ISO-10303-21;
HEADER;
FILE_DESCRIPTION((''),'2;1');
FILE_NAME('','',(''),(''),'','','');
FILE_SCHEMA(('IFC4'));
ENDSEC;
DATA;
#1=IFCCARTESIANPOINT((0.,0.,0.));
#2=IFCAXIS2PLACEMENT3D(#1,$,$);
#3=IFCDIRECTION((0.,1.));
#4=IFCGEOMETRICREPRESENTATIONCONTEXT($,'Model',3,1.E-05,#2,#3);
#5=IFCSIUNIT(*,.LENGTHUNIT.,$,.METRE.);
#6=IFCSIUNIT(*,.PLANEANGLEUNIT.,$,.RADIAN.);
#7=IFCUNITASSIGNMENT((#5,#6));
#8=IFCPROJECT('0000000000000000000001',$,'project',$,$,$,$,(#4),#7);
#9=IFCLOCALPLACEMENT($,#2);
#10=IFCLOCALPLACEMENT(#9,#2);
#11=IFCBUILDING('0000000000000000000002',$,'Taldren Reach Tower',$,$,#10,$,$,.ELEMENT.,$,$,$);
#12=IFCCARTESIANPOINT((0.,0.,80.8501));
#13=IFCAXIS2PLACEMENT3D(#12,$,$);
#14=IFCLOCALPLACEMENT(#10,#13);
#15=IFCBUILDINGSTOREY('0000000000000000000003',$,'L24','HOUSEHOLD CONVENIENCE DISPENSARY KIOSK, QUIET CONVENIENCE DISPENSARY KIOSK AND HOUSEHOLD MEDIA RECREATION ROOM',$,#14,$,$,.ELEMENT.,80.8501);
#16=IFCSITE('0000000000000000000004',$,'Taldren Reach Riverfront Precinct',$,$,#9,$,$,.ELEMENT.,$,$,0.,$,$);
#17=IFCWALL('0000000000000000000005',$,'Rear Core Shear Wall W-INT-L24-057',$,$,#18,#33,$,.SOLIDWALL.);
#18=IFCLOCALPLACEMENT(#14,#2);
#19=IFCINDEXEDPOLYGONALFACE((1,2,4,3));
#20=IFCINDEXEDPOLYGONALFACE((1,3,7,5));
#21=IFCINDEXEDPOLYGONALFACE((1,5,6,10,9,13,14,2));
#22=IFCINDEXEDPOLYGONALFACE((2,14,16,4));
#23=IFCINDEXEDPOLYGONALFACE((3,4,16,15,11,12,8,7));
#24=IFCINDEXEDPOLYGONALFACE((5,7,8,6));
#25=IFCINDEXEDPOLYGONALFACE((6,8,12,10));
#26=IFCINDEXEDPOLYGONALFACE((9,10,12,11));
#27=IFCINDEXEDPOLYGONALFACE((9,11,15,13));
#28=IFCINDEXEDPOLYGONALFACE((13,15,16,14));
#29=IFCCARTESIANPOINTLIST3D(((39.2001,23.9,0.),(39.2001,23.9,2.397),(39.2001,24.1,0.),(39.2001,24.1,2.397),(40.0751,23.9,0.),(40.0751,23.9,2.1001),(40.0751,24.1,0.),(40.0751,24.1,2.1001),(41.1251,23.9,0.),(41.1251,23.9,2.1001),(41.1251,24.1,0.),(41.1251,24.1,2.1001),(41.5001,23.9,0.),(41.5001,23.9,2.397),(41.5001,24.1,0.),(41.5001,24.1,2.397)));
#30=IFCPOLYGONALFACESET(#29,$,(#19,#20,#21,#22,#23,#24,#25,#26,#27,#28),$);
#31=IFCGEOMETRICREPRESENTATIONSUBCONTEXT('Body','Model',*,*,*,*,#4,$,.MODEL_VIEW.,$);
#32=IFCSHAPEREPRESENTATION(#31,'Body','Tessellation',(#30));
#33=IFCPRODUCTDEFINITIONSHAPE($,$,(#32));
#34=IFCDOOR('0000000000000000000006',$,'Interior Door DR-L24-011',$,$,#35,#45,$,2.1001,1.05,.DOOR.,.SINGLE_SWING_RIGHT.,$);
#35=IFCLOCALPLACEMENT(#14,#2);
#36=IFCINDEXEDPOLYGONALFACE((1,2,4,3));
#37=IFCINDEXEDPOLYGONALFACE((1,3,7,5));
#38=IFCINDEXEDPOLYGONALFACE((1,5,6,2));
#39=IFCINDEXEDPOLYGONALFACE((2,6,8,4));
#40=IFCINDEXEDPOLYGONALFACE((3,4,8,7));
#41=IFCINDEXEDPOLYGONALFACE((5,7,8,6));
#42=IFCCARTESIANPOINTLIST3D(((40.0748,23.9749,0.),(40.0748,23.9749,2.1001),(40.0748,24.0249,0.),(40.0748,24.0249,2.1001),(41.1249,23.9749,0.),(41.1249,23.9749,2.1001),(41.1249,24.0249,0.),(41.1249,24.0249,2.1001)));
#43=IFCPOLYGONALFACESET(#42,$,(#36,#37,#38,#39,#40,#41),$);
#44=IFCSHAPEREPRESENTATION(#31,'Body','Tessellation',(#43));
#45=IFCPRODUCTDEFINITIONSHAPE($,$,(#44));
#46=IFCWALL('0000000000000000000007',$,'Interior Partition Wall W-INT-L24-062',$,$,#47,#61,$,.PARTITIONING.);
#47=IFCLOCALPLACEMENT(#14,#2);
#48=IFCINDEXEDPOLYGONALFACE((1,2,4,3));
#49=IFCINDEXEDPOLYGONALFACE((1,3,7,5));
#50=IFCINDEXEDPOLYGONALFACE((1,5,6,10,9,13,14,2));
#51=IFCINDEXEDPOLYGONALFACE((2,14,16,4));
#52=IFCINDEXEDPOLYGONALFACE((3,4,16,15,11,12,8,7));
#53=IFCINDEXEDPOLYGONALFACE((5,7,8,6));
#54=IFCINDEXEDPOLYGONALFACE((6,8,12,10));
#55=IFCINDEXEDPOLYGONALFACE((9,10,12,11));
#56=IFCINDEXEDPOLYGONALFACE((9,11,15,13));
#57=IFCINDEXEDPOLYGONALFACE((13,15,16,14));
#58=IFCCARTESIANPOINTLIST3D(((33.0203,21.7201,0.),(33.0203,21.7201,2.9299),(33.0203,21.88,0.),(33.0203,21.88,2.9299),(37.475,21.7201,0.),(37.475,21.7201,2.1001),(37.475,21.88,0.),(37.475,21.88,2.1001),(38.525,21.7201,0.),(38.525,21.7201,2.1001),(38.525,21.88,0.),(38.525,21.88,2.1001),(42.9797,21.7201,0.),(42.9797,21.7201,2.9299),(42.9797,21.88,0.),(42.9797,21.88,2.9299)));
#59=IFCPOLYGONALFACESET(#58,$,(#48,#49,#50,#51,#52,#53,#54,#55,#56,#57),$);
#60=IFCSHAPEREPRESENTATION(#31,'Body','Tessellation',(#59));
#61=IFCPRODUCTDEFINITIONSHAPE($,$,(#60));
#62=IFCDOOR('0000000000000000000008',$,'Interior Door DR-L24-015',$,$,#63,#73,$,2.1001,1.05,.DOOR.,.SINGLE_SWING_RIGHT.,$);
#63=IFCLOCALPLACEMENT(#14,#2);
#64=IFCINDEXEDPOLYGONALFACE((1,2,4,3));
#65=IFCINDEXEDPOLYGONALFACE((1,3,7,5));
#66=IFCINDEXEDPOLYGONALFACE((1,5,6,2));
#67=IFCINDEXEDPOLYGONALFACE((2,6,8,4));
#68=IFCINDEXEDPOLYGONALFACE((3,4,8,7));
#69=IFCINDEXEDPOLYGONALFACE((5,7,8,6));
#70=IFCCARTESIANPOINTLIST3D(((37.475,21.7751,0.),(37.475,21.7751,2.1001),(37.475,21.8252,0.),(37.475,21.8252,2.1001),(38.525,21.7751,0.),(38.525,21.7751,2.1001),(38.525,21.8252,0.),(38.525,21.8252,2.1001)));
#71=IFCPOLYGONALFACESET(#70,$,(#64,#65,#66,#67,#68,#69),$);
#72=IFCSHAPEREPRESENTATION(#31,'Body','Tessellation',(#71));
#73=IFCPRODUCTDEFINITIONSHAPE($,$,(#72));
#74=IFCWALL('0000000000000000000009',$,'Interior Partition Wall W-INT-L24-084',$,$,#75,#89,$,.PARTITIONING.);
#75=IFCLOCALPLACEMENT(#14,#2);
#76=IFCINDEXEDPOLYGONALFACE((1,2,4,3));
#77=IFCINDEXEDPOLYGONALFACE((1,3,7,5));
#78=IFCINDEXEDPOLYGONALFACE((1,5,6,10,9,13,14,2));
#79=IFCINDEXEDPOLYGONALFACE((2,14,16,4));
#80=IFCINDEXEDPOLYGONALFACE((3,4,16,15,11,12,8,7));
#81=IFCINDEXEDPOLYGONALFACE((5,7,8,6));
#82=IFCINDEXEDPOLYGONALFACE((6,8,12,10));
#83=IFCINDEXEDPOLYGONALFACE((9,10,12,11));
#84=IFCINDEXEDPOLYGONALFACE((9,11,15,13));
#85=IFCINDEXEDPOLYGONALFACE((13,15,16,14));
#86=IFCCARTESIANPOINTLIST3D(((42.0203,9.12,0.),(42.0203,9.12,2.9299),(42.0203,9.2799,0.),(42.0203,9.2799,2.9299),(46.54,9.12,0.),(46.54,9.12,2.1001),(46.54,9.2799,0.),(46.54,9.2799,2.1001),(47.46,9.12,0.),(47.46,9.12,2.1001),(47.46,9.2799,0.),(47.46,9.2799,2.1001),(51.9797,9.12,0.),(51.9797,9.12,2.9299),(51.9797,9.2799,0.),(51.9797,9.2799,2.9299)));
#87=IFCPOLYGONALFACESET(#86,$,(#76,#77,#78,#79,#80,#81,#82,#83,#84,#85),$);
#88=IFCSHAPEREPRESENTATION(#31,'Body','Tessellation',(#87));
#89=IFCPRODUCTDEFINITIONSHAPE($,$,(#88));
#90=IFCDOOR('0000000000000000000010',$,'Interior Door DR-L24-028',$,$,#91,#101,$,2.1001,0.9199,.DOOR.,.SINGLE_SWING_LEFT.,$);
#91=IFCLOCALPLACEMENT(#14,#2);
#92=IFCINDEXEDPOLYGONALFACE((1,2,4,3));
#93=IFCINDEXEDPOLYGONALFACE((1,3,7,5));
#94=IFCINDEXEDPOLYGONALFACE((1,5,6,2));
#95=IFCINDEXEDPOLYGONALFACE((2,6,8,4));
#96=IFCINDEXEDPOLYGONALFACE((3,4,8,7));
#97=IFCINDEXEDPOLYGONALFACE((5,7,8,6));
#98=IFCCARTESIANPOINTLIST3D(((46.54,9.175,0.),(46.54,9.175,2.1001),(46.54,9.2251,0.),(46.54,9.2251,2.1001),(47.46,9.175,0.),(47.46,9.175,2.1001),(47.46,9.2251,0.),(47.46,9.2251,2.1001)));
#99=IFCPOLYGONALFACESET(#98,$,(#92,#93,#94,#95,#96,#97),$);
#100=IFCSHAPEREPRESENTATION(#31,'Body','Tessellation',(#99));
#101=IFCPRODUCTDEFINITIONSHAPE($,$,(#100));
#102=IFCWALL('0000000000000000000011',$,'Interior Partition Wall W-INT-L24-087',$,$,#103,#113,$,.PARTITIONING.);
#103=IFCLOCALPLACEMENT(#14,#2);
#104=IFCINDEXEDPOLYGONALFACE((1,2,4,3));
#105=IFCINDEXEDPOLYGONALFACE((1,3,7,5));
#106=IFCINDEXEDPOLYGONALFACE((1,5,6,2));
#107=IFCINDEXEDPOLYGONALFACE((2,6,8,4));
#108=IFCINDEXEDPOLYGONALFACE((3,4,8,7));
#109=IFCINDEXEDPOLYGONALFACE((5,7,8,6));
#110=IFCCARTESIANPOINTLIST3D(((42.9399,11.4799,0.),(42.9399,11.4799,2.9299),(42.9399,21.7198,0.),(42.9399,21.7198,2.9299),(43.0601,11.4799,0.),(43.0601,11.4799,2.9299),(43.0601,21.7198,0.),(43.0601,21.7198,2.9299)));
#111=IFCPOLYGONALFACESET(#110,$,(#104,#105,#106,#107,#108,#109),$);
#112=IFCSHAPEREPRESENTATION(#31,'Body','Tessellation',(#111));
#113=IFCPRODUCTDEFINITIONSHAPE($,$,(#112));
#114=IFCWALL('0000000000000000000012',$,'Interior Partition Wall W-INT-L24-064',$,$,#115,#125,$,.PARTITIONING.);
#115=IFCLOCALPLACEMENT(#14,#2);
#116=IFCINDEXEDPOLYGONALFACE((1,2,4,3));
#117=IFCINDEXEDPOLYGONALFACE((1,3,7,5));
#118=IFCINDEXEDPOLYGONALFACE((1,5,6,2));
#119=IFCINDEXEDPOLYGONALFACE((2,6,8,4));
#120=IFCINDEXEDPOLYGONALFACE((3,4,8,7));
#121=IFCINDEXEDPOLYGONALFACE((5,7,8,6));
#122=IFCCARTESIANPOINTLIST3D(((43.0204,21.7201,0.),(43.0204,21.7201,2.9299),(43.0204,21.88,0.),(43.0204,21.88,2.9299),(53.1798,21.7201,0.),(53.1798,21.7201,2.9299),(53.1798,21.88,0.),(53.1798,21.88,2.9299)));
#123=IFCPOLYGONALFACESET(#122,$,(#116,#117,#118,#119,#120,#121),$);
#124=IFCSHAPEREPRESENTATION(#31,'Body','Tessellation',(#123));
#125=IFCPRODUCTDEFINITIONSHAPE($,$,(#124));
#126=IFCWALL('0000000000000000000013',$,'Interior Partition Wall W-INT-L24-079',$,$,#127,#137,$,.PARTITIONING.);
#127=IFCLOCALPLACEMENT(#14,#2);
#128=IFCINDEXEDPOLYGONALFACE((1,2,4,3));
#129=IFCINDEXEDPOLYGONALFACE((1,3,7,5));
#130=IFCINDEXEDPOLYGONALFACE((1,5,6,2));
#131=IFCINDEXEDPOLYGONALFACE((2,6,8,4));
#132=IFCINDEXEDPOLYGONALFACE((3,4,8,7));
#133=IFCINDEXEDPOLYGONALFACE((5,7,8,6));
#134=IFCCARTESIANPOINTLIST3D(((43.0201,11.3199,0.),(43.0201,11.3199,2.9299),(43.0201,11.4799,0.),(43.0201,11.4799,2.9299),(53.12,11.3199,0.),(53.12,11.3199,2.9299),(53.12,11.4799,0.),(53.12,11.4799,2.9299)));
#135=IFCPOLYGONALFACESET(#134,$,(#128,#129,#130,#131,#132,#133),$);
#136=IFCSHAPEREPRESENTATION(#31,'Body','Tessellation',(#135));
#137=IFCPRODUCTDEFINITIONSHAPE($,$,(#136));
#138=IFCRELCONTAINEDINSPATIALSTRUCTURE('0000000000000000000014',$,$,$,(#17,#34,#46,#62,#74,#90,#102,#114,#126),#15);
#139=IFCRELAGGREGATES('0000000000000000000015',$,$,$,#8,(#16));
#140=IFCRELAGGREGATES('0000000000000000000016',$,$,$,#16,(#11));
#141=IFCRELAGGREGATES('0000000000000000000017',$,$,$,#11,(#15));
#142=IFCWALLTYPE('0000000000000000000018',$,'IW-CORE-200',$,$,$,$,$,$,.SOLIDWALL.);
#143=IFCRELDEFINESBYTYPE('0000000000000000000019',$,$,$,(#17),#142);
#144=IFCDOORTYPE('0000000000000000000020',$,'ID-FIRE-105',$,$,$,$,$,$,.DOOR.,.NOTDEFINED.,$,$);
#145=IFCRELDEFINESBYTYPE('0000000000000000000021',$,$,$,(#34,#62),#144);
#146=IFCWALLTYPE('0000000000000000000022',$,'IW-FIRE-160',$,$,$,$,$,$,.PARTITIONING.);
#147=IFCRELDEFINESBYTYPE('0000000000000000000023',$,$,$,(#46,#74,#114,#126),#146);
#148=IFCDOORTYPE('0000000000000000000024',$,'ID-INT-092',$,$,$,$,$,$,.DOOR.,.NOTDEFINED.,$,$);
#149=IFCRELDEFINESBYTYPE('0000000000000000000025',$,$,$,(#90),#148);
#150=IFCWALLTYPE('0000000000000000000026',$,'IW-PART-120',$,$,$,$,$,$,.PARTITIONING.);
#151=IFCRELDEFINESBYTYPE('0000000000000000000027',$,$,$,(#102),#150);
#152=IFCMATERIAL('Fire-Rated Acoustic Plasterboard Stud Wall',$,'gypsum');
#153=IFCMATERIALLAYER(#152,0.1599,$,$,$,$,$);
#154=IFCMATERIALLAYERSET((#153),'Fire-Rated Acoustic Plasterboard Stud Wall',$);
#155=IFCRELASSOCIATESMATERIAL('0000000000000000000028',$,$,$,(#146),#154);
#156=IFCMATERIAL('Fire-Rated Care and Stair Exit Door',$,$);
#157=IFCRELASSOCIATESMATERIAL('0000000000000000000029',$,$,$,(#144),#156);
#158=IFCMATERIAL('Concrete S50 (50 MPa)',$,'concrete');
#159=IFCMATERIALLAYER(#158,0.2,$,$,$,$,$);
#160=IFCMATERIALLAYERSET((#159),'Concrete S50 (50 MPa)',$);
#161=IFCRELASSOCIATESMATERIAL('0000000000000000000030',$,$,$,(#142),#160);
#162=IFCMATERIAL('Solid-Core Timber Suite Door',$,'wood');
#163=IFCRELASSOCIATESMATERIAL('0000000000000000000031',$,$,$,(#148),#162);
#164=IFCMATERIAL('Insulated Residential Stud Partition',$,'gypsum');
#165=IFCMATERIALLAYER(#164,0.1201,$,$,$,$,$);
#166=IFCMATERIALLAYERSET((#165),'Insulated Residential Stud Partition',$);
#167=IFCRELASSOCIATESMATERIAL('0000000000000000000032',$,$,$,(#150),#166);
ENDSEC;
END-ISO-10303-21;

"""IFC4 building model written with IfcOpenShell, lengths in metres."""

from ifc_helpers import new_model, si_unit, direction, frame, frame_2d, origin, place, context, subcontext, project, spatial, rectangle, extrude, source, transform, mapped, material, layer, layer_set, type_object, element, fill, save


model = new_model("IFC4")

# Units and contexts
model_context = context("Model", 3, precision=1e-05, world=origin(), true_north=direction((0.0, 1.0)))
body_context = subcontext(model_context, "Body", "Model", "MODEL_VIEW")
ifc_project = project(units=[si_unit("LENGTHUNIT", "METRE"), si_unit("PLANEANGLEUNIT", "RADIAN")], contexts=[model_context])

# Site, building, storey
site_placement = place(None, origin())
site = spatial("IfcSite", under=ifc_project, at=site_placement, Name="Taldren Reach Riverfront Precinct", CompositionType="ELEMENT", RefElevation=0.0)
building_placement = place(site_placement, origin())
building = spatial("IfcBuilding", under=site, at=building_placement, Name="Taldren Reach Tower", CompositionType="ELEMENT")
storey_placement = place(building_placement, frame((0.0, 0.0, 80.8501)))
storey = spatial("IfcBuildingStorey", under=building, at=storey_placement, Name="L24", Description="HOUSEHOLD CONVENIENCE DISPENSARY KIOSK, QUIET CONVENIENCE DISPENSARY KIOSK AND HOUSEHOLD MEDIA RECREATION ROOM", CompositionType="ELEMENT", Elevation=80.8501)

# Shared definitions
ifc_material_1 = material(Name="Fire-Rated Acoustic Plasterboard Stud Wall", Category="gypsum")
ifc_layer_1 = layer(ifc_material_1, 0.1599)
ifc_layer_set_1 = layer_set([ifc_layer_1], Name="Fire-Rated Acoustic Plasterboard Stud Wall")
wall_type_1 = type_object("IfcWallType", Name="IW-FIRE-160", PredefinedType="PARTITIONING", material=ifc_layer_set_1)
shared_shape_1 = source(origin(), body_context, "Body", "SweptSolid", [
    extrude(rectangle(XDim=1.05, YDim=2.1001, at=frame_2d((0.5249, 1.05))), frame((0.0, 0.0898, 0.0), z_axis=(0.0, -1.0, 0.0), x_axis=(1.0, 0.0, 0.0)), (0.0, 0.0, 1.0), 0.1799),
])
ifc_material_2 = material(Name="Fire-Rated Care and Stair Exit Door")
door_type_1 = type_object("IfcDoorType", Name="ID-FIRE-105", OperationType="NOTDEFINED", PredefinedType="DOOR", material=ifc_material_2)
shared_shape_2 = source(origin(), body_context, "Body", "SweptSolid", [
    extrude(rectangle(XDim=1.05, YDim=2.1001, at=frame_2d((0.5249, 1.05))), frame((0.0, 0.0249, 0.0), z_axis=(0.0, -1.0, 0.0), x_axis=(1.0, 0.0, 0.0)), (0.0, 0.0, 1.0), 0.05),
])

# Walls, openings, doors
ifc_material_3 = material(Name="Concrete S50 (50 MPa)", Category="concrete")
ifc_layer_2 = layer(ifc_material_3, 0.2)
ifc_layer_set_2 = layer_set([ifc_layer_2], Name="Concrete S50 (50 MPa)")
wall_type_2 = type_object("IfcWallType", Name="IW-CORE-200", PredefinedType="SOLIDWALL", material=ifc_layer_set_2)
shared_shape_3 = source(origin(), body_context, "Body", "SweptSolid", [
    extrude(rectangle(XDim=1.05, YDim=2.1001, at=frame_2d((0.5249, 1.05))), frame((0.0, 0.1099, 0.0), z_axis=(0.0, -1.0, 0.0), x_axis=(1.0, 0.0, 0.0)), (0.0, 0.0, 1.0), 0.22),
])
shared_shape_4 = source(origin(), body_context, "Body", "SweptSolid", [
    extrude(rectangle(XDim=2.3, YDim=0.2, at=frame_2d((1.1499, 0.0))), origin(), (0.0, 0.0, 1.0), 2.397),
])
wall_1_placement = place(storey_placement, frame((41.5, 24.0, 0.0), z_axis=(0.0, 0.0, 1.0), x_axis=(-1.0, 0.0, 0.0)))
wall_1 = element("IfcWall", 1, at=wall_1_placement, inside=storey, type_object=wall_type_2, Name="Rear Core Shear Wall W-INT-L24-057", PredefinedType="SOLIDWALL", context=body_context, shape_type="MappedRepresentation", body=[
    mapped(shared_shape_4, transform((0.0, 0.0, 0.0), scale=1.0)),
])
opening_1_placement = place(wall_1_placement, frame((0.375, 0.0, 0.0)))
opening_1 = element("IfcOpeningElement", 2, at=opening_1_placement, cuts=wall_1, PredefinedType="OPENING", context=body_context, shape_type="MappedRepresentation", body=[
    mapped(shared_shape_3, transform((0.0, 0.0, 0.0), scale=1.0)),
])
door_1_placement = place(opening_1_placement, frame((1.05, 0.0, 0.0), z_axis=(0.0, 0.0, 1.0), x_axis=(-1.0, 0.0, 0.0)))
door_1 = element("IfcDoor", 3, at=door_1_placement, inside=storey, type_object=door_type_1, Name="Interior Door DR-L24-011", OperationType="SINGLE_SWING_RIGHT", OverallHeight=2.1001, OverallWidth=1.05, PredefinedType="DOOR", context=body_context, shape_type="MappedRepresentation", body=[
    mapped(shared_shape_2, transform((0.0, 0.0, 0.0), scale=1.0)),
])
fill(opening_1, door_1)
shared_shape_5 = source(origin(), body_context, "Body", "SweptSolid", [
    extrude(rectangle(XDim=9.9595, YDim=0.1599, at=frame_2d((4.9797, 0.0))), origin(), (0.0, 0.0, 1.0), 2.9299),
])
wall_2_placement = place(storey_placement, frame((42.9797, 21.8, 0.0), z_axis=(0.0, 0.0, 1.0), x_axis=(-1.0, 0.0, 0.0)))
wall_2 = element("IfcWall", 4, at=wall_2_placement, inside=storey, type_object=wall_type_1, Name="Interior Partition Wall W-INT-L24-062", PredefinedType="PARTITIONING", context=body_context, shape_type="MappedRepresentation", body=[
    mapped(shared_shape_5, transform((0.0, 0.0, 0.0), scale=1.0)),
])
opening_2_placement = place(wall_2_placement, frame((4.4548, 0.0, 0.0)))
opening_2 = element("IfcOpeningElement", 5, at=opening_2_placement, cuts=wall_2, PredefinedType="OPENING", context=body_context, shape_type="MappedRepresentation", body=[
    mapped(shared_shape_1, transform((0.0, 0.0, 0.0), scale=1.0)),
])
door_2_placement = place(opening_2_placement, origin())
door_2 = element("IfcDoor", 6, at=door_2_placement, inside=storey, type_object=door_type_1, Name="Interior Door DR-L24-015", OperationType="SINGLE_SWING_RIGHT", OverallHeight=2.1001, OverallWidth=1.05, PredefinedType="DOOR", context=body_context, shape_type="MappedRepresentation", body=[
    mapped(shared_shape_2, transform((0.0, 0.0, 0.0), scale=1.0)),
])
fill(opening_2, door_2)
wall_3_placement = place(storey_placement, frame((51.9797, 9.2, 0.0), z_axis=(0.0, 0.0, 1.0), x_axis=(-1.0, 0.0, 0.0)))
wall_3 = element("IfcWall", 7, at=wall_3_placement, inside=storey, type_object=wall_type_1, Name="Interior Partition Wall W-INT-L24-084", PredefinedType="PARTITIONING", context=body_context, shape_type="MappedRepresentation", body=[
    mapped(shared_shape_5, transform((0.0, 0.0, 0.0), scale=1.0)),
])
shared_shape_6 = source(origin(), body_context, "Body", "SweptSolid", [
    extrude(rectangle(XDim=0.9199, YDim=2.1001, at=frame_2d((0.46, 1.05))), frame((0.0, 0.0898, 0.0), z_axis=(0.0, -1.0, 0.0), x_axis=(1.0, 0.0, 0.0)), (0.0, 0.0, 1.0), 0.1799),
])
opening_3_placement = place(wall_3_placement, frame((4.5198, 0.0, 0.0)))
opening_3 = element("IfcOpeningElement", 8, at=opening_3_placement, cuts=wall_3, PredefinedType="OPENING", context=body_context, shape_type="MappedRepresentation", body=[
    mapped(shared_shape_6, transform((0.0, 0.0, 0.0), scale=1.0)),
])
ifc_material_4 = material(Name="Solid-Core Timber Suite Door", Category="wood")
door_type_2 = type_object("IfcDoorType", Name="ID-INT-092", OperationType="NOTDEFINED", PredefinedType="DOOR", material=ifc_material_4)
shared_shape_7 = source(origin(), body_context, "Body", "SweptSolid", [
    extrude(rectangle(XDim=0.9199, YDim=2.1001, at=frame_2d((0.46, 1.05))), frame((0.0, 0.0249, 0.0), z_axis=(0.0, -1.0, 0.0), x_axis=(1.0, 0.0, 0.0)), (0.0, 0.0, 1.0), 0.05),
])
door_3_placement = place(opening_3_placement, origin())
door_3 = element("IfcDoor", 9, at=door_3_placement, inside=storey, type_object=door_type_2, Name="Interior Door DR-L24-028", OperationType="SINGLE_SWING_LEFT", OverallHeight=2.1001, OverallWidth=0.9199, PredefinedType="DOOR", context=body_context, shape_type="MappedRepresentation", body=[
    mapped(shared_shape_7, transform((0.0, 0.0, 0.0), scale=1.0)),
])
fill(opening_3, door_3)

# Walls
ifc_material_5 = material(Name="Insulated Residential Stud Partition", Category="gypsum")
ifc_layer_3 = layer(ifc_material_5, 0.1201)
ifc_layer_set_3 = layer_set([ifc_layer_3], Name="Insulated Residential Stud Partition")
wall_type_3 = type_object("IfcWallType", Name="IW-PART-120", PredefinedType="PARTITIONING", material=ifc_layer_set_3)
shared_shape_8 = source(origin(), body_context, "Body", "SweptSolid", [
    extrude(rectangle(XDim=10.24, YDim=0.1201, at=frame_2d((5.1201, 0.0))), origin(), (0.0, 0.0, 1.0), 2.9299),
])
wall_4_placement = place(storey_placement, frame((43.0, 21.72, 0.0), z_axis=(0.0, 0.0, 1.0), x_axis=(0.0, -1.0, 0.0)))
element("IfcWall", 10, at=wall_4_placement, inside=storey, type_object=wall_type_3, Name="Interior Partition Wall W-INT-L24-087", PredefinedType="PARTITIONING", context=body_context, shape_type="MappedRepresentation", body=[
    mapped(shared_shape_8, transform((0.0, 0.0, 0.0), scale=1.0)),
])
shared_shape_9 = source(origin(), body_context, "Body", "SweptSolid", [
    extrude(rectangle(XDim=10.1594, YDim=0.1599, at=frame_2d((5.0796, 0.0))), origin(), (0.0, 0.0, 1.0), 2.9299),
])
wall_5_placement = place(storey_placement, frame((53.1797, 21.8, 0.0), z_axis=(0.0, 0.0, 1.0), x_axis=(-1.0, 0.0, 0.0)))
element("IfcWall", 11, at=wall_5_placement, inside=storey, type_object=wall_type_1, Name="Interior Partition Wall W-INT-L24-064", PredefinedType="PARTITIONING", context=body_context, shape_type="MappedRepresentation", body=[
    mapped(shared_shape_9, transform((0.0, 0.0, 0.0), scale=1.0)),
])
shared_shape_10 = source(origin(), body_context, "Body", "SweptSolid", [
    extrude(rectangle(XDim=10.0999, YDim=0.1599, at=frame_2d((5.0498, 0.0))), origin(), (0.0, 0.0, 1.0), 2.9299),
])
wall_6_placement = place(storey_placement, frame((43.0203, 11.3999, 0.0), z_axis=(0.0, 0.0, 1.0), x_axis=(1.0, 0.0, 0.0)))
element("IfcWall", 12, at=wall_6_placement, inside=storey, type_object=wall_type_1, Name="Interior Partition Wall W-INT-L24-079", PredefinedType="PARTITIONING", context=body_context, shape_type="MappedRepresentation", body=[
    mapped(shared_shape_10, transform((0.0, 0.0, 0.0), scale=1.0)),
])

save(model, "model.ifc")
